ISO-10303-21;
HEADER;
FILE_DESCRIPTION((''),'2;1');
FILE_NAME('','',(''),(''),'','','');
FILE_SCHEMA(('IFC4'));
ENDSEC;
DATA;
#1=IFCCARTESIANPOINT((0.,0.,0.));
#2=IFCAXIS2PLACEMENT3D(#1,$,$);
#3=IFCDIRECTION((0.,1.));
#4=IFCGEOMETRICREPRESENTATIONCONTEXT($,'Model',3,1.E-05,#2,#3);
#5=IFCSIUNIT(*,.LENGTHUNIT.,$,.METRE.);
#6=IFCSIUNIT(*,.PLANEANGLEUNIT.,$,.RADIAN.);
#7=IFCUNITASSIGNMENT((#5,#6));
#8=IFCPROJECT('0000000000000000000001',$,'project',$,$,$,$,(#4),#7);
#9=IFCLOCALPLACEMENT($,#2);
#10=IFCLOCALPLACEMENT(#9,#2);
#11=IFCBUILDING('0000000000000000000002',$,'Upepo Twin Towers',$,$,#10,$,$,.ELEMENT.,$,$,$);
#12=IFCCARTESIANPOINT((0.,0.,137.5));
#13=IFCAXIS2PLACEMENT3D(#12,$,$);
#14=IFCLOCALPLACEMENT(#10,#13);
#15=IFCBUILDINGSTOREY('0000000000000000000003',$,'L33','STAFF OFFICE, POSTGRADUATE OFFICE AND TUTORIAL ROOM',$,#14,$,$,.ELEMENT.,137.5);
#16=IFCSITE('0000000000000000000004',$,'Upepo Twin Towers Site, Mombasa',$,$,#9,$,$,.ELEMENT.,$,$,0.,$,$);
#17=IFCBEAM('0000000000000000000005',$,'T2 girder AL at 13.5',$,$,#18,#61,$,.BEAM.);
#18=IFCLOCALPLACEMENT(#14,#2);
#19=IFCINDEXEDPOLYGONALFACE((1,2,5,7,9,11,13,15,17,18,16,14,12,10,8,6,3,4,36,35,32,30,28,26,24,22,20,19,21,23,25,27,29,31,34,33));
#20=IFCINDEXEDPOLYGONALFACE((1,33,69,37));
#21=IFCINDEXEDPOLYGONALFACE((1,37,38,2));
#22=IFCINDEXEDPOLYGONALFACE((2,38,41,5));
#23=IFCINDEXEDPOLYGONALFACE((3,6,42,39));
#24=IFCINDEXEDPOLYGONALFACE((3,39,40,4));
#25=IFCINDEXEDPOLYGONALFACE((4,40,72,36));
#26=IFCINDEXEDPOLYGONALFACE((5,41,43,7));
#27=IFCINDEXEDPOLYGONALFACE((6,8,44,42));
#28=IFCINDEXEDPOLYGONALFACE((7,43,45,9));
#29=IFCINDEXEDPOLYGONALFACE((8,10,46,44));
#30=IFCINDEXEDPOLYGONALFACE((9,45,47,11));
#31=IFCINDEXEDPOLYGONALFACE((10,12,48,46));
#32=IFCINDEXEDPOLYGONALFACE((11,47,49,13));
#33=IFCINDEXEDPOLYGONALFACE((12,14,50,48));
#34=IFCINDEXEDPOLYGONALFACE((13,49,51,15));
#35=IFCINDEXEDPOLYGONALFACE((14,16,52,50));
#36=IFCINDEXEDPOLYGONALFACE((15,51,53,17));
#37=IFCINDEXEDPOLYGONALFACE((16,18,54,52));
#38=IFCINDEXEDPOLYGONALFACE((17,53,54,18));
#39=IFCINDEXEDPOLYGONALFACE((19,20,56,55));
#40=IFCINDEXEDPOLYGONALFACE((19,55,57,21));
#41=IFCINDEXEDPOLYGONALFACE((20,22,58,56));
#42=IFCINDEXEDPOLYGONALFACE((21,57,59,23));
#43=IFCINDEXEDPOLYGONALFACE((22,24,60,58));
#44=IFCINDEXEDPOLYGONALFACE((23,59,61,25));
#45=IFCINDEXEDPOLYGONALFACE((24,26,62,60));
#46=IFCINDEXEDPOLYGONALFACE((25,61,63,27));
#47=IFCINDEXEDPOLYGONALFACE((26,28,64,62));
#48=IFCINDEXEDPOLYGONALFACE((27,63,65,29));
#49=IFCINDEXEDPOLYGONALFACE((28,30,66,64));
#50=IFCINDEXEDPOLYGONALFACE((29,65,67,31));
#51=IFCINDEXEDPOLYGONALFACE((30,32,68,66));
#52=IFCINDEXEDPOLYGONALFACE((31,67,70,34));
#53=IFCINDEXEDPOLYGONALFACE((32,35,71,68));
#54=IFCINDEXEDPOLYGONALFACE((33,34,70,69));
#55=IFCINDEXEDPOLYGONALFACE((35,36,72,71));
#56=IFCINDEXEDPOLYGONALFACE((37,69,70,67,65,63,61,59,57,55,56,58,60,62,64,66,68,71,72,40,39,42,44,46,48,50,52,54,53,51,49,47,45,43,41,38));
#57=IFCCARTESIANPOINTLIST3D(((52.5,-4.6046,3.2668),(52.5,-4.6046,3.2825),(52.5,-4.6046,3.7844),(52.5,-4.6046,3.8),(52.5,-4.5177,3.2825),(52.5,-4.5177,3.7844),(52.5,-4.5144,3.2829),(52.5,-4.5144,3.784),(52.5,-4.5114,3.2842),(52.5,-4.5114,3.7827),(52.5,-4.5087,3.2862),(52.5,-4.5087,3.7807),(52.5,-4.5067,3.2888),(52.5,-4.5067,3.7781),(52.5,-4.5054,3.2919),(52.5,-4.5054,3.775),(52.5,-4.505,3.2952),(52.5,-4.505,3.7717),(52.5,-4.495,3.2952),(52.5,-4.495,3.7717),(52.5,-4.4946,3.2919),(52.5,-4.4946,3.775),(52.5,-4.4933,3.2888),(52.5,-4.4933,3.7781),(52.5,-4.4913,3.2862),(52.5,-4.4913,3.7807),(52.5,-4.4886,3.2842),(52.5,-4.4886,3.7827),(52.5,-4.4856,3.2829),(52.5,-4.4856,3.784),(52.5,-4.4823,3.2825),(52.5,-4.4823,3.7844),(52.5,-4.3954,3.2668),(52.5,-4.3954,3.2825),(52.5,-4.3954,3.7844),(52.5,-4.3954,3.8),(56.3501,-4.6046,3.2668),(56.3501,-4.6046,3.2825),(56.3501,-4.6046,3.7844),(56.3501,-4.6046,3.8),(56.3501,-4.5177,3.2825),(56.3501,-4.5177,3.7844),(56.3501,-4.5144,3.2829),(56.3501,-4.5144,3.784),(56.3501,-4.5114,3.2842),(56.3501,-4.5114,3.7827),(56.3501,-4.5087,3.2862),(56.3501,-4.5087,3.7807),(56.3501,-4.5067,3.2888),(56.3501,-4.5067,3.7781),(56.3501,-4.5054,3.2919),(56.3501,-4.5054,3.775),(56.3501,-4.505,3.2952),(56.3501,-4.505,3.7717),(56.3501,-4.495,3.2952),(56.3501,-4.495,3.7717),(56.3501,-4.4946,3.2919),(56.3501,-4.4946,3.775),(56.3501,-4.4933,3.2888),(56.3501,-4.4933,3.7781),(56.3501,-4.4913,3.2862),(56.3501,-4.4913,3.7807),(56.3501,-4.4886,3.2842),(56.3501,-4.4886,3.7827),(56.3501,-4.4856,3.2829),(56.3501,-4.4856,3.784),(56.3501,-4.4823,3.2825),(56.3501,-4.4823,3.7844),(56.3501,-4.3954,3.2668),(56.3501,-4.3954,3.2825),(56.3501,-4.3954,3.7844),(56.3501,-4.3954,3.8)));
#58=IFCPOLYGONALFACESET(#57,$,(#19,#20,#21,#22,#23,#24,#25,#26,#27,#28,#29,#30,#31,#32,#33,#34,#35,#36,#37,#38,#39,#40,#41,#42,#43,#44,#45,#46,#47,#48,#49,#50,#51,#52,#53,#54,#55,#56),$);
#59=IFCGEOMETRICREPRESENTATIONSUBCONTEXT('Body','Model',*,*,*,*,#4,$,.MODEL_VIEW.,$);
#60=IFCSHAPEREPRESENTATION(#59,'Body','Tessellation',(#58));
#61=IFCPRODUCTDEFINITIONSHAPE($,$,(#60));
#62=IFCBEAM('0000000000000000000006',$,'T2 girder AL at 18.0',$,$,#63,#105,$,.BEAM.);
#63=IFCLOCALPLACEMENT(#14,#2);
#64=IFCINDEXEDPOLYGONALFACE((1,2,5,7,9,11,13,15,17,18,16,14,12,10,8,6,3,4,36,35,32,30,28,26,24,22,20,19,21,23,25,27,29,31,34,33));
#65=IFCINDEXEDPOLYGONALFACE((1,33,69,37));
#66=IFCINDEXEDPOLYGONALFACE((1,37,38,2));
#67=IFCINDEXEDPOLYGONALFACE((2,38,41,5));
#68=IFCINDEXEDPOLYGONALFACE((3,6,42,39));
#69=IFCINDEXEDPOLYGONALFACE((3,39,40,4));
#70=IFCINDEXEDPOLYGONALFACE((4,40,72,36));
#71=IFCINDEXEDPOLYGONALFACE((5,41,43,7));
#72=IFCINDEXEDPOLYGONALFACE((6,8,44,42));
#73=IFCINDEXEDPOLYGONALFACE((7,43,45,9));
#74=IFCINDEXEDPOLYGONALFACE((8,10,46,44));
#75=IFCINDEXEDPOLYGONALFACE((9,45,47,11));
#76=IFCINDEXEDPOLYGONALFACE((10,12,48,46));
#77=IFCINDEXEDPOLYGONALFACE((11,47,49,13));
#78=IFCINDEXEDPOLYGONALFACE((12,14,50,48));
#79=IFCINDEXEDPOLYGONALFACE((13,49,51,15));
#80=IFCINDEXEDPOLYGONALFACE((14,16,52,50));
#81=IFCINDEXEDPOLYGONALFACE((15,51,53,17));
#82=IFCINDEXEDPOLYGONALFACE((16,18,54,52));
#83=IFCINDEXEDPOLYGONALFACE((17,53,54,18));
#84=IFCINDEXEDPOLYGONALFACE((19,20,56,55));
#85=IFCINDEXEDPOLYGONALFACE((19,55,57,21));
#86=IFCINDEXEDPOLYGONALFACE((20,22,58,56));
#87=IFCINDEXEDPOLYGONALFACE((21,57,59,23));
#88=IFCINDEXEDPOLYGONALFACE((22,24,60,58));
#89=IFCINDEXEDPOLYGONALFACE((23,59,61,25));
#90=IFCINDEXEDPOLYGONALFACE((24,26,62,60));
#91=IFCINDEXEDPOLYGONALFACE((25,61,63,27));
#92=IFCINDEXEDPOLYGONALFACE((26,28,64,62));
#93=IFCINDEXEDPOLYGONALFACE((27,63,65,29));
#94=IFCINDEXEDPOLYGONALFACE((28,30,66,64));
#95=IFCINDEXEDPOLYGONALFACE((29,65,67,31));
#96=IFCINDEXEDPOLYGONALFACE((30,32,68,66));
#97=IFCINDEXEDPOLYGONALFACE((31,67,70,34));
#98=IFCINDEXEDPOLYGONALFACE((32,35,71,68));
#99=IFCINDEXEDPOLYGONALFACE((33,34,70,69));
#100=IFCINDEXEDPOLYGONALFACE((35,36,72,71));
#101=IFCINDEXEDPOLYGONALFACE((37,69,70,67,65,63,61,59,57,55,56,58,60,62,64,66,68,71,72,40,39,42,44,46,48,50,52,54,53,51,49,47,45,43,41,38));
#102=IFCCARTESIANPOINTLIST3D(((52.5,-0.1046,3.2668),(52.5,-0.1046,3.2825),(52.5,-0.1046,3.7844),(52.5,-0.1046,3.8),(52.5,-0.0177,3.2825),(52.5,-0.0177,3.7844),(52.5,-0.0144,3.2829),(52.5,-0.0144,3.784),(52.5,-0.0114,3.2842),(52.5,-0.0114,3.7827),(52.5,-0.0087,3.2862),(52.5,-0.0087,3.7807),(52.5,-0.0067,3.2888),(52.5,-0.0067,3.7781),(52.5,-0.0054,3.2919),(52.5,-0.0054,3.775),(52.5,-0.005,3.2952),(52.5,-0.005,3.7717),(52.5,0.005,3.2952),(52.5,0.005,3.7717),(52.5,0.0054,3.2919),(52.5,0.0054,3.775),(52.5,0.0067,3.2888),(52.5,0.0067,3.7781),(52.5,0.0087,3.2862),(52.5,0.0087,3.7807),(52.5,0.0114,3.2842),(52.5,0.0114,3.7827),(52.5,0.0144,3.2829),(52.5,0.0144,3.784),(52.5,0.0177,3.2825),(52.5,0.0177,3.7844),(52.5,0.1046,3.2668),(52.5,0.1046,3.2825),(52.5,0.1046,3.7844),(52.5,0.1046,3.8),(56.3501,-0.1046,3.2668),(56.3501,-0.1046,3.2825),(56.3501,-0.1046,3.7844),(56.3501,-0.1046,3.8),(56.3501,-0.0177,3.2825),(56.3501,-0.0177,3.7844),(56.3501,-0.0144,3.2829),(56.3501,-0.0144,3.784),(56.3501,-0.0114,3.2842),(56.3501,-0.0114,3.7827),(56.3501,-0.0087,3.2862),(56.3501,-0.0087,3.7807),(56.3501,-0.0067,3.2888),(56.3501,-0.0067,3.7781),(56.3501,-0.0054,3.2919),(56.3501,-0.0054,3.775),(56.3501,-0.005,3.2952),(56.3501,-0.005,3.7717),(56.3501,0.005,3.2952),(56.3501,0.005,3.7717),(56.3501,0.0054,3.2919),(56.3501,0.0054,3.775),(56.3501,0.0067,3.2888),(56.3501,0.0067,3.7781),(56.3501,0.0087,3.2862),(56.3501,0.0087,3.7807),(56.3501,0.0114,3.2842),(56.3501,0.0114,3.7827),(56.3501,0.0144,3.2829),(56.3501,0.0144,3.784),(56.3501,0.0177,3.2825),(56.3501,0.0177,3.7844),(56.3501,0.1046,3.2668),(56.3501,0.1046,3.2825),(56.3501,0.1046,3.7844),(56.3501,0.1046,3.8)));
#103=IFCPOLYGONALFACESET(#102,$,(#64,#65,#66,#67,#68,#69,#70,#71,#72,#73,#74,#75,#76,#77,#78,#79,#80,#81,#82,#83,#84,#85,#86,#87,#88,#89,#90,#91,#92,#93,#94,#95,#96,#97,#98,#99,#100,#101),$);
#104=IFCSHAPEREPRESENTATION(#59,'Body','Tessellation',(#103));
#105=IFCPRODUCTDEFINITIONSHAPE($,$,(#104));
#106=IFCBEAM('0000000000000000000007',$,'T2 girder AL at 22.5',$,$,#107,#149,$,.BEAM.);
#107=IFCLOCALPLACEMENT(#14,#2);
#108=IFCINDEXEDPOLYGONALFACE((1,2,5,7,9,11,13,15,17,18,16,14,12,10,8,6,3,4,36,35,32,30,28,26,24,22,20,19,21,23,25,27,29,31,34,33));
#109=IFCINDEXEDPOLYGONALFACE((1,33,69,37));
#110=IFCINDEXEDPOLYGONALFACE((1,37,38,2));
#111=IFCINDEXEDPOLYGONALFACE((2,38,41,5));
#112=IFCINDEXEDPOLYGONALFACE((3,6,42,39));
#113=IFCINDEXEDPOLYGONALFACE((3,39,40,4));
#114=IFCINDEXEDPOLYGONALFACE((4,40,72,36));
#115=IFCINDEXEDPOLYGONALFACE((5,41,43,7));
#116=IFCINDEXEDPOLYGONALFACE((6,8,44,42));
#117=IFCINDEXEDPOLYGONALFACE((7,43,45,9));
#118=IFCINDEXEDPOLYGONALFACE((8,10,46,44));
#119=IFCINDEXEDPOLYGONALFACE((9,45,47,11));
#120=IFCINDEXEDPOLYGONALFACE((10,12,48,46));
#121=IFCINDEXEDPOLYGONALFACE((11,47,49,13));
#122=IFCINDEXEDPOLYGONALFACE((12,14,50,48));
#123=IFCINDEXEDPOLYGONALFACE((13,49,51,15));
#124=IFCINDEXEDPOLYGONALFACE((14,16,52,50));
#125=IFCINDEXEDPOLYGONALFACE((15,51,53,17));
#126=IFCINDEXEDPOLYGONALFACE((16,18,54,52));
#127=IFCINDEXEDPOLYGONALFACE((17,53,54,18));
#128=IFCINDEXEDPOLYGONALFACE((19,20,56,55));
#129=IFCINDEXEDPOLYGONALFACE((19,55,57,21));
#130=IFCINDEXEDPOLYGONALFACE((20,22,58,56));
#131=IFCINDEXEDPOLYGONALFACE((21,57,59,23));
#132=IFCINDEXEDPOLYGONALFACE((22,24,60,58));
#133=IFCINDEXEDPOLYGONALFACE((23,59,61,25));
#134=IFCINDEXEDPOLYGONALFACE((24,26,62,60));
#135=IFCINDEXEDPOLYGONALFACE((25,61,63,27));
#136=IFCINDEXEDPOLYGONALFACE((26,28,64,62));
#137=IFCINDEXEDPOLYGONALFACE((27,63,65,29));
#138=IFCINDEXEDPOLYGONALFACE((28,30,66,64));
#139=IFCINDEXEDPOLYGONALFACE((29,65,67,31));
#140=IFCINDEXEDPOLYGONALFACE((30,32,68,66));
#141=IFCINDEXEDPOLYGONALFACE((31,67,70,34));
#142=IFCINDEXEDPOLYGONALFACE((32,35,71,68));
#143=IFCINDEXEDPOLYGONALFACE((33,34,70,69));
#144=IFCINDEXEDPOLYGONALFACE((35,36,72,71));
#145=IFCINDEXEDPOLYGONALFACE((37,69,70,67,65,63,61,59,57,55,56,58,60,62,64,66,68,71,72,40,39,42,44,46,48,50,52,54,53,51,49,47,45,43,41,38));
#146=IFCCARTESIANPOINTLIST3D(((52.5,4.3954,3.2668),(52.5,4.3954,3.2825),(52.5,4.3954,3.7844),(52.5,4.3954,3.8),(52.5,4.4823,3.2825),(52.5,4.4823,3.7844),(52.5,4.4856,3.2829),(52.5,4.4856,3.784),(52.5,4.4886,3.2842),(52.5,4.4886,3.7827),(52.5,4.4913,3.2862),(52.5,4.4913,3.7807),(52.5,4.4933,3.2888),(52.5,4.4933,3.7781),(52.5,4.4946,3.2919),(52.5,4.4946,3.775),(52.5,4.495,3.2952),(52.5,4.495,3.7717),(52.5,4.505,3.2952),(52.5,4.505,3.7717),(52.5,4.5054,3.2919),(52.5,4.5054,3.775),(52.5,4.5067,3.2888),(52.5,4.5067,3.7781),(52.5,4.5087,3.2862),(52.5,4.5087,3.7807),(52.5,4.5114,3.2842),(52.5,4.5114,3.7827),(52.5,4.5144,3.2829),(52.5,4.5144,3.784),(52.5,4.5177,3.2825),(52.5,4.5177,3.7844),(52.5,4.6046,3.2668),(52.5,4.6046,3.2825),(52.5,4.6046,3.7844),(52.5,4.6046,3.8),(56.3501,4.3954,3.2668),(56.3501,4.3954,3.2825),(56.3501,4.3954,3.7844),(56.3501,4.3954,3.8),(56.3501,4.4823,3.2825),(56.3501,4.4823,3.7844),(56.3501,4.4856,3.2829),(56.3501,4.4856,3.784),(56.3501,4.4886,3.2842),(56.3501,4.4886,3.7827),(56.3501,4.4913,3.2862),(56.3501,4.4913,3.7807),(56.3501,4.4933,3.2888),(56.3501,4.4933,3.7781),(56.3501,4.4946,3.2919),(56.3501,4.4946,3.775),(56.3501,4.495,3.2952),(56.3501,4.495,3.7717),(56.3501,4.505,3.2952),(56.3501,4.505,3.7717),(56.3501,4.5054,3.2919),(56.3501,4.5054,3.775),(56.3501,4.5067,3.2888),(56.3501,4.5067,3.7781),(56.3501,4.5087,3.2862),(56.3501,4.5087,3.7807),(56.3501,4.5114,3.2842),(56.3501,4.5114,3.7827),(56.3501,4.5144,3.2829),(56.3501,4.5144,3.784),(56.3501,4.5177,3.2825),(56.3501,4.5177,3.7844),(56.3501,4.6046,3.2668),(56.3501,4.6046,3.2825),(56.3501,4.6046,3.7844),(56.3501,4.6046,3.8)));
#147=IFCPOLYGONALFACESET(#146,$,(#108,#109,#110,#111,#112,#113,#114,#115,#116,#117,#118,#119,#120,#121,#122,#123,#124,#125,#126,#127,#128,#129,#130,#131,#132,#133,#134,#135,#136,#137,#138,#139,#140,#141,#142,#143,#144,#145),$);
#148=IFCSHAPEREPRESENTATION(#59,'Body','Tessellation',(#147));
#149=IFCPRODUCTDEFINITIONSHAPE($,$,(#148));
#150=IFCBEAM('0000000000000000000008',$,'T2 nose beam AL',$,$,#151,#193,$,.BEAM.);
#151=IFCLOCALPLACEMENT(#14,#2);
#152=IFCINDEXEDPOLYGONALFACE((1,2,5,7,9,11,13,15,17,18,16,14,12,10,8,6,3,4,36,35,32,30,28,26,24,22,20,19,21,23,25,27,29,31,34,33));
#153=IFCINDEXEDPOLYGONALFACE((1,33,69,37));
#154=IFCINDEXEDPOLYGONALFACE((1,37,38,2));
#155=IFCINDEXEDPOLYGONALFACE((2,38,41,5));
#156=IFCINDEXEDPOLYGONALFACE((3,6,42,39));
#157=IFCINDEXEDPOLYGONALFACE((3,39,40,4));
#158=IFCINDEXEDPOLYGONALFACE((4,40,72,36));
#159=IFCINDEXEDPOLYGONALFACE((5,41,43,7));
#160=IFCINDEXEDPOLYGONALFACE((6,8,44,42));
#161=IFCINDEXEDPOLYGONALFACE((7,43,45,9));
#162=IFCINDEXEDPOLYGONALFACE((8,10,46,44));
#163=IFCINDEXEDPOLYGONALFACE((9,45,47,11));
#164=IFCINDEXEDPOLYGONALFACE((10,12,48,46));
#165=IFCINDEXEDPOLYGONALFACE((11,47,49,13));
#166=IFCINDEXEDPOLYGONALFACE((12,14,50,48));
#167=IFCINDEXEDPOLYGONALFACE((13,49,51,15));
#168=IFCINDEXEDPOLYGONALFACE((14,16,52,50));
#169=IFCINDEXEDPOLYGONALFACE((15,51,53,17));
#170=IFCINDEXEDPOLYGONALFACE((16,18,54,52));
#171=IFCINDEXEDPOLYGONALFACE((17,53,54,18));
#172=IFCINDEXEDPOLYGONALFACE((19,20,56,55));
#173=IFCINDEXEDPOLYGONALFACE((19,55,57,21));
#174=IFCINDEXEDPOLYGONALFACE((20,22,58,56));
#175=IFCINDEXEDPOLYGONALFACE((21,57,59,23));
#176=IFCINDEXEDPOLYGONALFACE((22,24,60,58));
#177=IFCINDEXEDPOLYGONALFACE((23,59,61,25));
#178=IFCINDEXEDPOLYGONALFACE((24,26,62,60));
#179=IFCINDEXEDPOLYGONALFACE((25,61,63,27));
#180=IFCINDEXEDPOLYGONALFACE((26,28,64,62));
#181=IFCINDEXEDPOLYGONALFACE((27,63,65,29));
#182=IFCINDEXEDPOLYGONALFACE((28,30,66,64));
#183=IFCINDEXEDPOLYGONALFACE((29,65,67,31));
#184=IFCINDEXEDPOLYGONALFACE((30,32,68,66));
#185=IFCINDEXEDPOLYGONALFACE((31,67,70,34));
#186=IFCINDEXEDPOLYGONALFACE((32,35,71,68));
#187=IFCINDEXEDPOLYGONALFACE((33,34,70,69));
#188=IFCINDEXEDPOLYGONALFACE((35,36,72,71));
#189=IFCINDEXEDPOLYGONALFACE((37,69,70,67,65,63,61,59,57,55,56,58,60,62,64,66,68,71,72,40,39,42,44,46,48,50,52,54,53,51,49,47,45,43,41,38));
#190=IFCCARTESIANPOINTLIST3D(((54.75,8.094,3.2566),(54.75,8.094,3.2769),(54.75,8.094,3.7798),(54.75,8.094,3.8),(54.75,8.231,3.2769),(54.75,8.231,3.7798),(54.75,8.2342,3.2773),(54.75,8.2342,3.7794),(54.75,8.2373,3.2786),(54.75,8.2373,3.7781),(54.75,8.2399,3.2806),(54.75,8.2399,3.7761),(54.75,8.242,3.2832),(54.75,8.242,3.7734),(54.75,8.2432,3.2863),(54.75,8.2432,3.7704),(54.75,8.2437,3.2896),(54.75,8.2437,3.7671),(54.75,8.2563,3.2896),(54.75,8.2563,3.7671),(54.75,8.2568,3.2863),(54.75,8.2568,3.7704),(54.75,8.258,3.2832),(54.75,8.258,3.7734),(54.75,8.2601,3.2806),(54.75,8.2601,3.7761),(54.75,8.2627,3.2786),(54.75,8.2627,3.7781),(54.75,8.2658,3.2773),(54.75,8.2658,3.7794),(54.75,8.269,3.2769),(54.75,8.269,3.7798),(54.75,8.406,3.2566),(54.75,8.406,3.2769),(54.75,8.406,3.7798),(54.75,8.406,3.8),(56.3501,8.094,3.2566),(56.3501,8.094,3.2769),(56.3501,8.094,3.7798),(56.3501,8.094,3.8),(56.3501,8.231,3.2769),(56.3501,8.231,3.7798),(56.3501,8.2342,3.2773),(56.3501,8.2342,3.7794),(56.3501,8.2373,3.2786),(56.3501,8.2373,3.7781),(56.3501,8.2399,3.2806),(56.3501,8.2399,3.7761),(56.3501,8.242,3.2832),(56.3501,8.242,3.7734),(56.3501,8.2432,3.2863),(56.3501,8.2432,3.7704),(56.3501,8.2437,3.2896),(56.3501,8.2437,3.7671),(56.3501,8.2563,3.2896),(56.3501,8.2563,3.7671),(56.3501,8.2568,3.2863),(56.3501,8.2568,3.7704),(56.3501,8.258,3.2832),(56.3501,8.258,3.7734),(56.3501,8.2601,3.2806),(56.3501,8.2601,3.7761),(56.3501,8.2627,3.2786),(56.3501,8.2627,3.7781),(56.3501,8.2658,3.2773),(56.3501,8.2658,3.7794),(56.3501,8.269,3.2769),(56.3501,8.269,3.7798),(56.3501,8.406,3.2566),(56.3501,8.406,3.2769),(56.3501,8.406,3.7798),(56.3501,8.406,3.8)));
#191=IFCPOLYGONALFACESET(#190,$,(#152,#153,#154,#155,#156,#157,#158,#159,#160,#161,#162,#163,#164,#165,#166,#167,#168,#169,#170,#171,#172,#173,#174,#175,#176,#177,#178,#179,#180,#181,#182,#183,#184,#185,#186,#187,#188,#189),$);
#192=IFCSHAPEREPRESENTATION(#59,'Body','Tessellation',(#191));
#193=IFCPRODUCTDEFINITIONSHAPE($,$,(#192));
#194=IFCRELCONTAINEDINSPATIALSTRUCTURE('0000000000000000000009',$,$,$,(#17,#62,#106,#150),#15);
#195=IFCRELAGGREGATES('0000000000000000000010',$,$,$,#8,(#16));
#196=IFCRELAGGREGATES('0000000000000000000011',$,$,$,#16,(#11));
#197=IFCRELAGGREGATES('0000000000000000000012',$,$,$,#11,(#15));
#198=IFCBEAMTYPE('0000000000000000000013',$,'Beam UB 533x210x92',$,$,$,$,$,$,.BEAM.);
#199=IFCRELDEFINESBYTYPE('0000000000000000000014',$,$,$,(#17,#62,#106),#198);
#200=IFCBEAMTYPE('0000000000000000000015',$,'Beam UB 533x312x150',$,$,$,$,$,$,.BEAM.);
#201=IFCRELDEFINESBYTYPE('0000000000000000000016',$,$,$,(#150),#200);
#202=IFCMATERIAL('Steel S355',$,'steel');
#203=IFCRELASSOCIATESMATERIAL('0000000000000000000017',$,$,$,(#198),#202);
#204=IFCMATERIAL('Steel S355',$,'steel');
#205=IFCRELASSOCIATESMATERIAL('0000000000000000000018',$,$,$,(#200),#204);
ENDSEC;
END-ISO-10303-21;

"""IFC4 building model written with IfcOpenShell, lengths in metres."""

from ifc_helpers import new_model, si_unit, direction, frame, origin, origin_2d, place, context, subcontext, project, spatial, i_section, extrude, material, material_profile, profile_set, type_object, element, save


model = new_model("IFC4")

# Units and contexts
model_context = context("Model", 3, precision=1e-05, world=origin(), true_north=direction((0.0, 1.0)))
body_context = subcontext(model_context, "Body", "Model", "MODEL_VIEW")
ifc_project = project(units=[si_unit("LENGTHUNIT", "METRE"), si_unit("PLANEANGLEUNIT", "RADIAN")], contexts=[model_context])

# Site, building, storey
site_placement = place(None, origin())
site = spatial("IfcSite", under=ifc_project, at=site_placement, Name="Upepo Twin Towers Site, Mombasa", CompositionType="ELEMENT", RefElevation=0.0)
building_placement = place(site_placement, origin())
building = spatial("IfcBuilding", under=site, at=building_placement, Name="Upepo Twin Towers", CompositionType="ELEMENT")
storey_placement = place(building_placement, frame((0.0, 0.0, 137.5)))
storey = spatial("IfcBuildingStorey", under=building, at=storey_placement, Name="L33", Description="STAFF OFFICE, POSTGRADUATE OFFICE AND TUTORIAL ROOM", CompositionType="ELEMENT", Elevation=137.5)

# Beams
ifc_material_1 = material(Name="Steel S355", Category="steel")
ifc_material_profile_1 = material_profile(ifc_material_1, i_section(OverallWidth=0.2092, OverallDepth=0.5332, WebThickness=0.01, FlangeThickness=0.0156, FilletRadius=0.0127, at=origin_2d()), Name="UB 533x210x92")
ifc_profile_set_1 = profile_set([ifc_material_profile_1], Name="Steel S355")
beam_type_1 = type_object("IfcBeamType", Name="Beam UB 533x210x92", PredefinedType="BEAM", material=ifc_profile_set_1)
for number, where, z_axis, x_axis, name in (
    (1, (52.5, -4.5, 3.5334), (1.0, 0.0, 0.0), (0.0, 1.0, 0.0), "T2 girder AL at 13.5"),
    (2, (52.5, 0.0, 3.5334), (1.0, 0.0, 0.0), (0.0, 1.0, 0.0), "T2 girder AL at 18.0"),
    (3, (52.5, 4.5, 3.5334), (1.0, 0.0, 0.0), (0.0, 1.0, 0.0), "T2 girder AL at 22.5"),
):
    element("IfcBeam", number, at=place(storey_placement, frame(where, z_axis=z_axis, x_axis=x_axis)), inside=storey, type_object=beam_type_1, Name=name, PredefinedType="BEAM", context=body_context, shape_type="SweptSolid", body=[
        extrude(i_section(OverallWidth=0.2092, OverallDepth=0.5332, WebThickness=0.01, FlangeThickness=0.0156, FilletRadius=0.0127, at=origin_2d()), origin(), (0.0, 0.0, 1.0), 3.8501),
    ])
ifc_material_2 = material(Name="Steel S355", Category="steel")
ifc_material_profile_2 = material_profile(ifc_material_2, i_section(OverallWidth=0.312, OverallDepth=0.5435, WebThickness=0.0127, FlangeThickness=0.0203, FilletRadius=0.0127, at=origin_2d()), Name="UB 533x312x150")
ifc_profile_set_2 = profile_set([ifc_material_profile_2], Name="Steel S355")
beam_type_2 = type_object("IfcBeamType", Name="Beam UB 533x312x150", PredefinedType="BEAM", material=ifc_profile_set_2)
beam_1_placement = place(storey_placement, frame((54.75, 8.25, 3.5283), z_axis=(1.0, 0.0, 0.0), x_axis=(0.0, 1.0, 0.0)))
element("IfcBeam", 4, at=beam_1_placement, inside=storey, type_object=beam_type_2, Name="T2 nose beam AL", PredefinedType="BEAM", context=body_context, shape_type="SweptSolid", body=[
    extrude(i_section(OverallWidth=0.312, OverallDepth=0.5435, WebThickness=0.0127, FlangeThickness=0.0203, FilletRadius=0.0127, at=origin_2d()), origin(), (0.0, 0.0, 1.0), 1.6001),
])

save(model, "model.ifc")
